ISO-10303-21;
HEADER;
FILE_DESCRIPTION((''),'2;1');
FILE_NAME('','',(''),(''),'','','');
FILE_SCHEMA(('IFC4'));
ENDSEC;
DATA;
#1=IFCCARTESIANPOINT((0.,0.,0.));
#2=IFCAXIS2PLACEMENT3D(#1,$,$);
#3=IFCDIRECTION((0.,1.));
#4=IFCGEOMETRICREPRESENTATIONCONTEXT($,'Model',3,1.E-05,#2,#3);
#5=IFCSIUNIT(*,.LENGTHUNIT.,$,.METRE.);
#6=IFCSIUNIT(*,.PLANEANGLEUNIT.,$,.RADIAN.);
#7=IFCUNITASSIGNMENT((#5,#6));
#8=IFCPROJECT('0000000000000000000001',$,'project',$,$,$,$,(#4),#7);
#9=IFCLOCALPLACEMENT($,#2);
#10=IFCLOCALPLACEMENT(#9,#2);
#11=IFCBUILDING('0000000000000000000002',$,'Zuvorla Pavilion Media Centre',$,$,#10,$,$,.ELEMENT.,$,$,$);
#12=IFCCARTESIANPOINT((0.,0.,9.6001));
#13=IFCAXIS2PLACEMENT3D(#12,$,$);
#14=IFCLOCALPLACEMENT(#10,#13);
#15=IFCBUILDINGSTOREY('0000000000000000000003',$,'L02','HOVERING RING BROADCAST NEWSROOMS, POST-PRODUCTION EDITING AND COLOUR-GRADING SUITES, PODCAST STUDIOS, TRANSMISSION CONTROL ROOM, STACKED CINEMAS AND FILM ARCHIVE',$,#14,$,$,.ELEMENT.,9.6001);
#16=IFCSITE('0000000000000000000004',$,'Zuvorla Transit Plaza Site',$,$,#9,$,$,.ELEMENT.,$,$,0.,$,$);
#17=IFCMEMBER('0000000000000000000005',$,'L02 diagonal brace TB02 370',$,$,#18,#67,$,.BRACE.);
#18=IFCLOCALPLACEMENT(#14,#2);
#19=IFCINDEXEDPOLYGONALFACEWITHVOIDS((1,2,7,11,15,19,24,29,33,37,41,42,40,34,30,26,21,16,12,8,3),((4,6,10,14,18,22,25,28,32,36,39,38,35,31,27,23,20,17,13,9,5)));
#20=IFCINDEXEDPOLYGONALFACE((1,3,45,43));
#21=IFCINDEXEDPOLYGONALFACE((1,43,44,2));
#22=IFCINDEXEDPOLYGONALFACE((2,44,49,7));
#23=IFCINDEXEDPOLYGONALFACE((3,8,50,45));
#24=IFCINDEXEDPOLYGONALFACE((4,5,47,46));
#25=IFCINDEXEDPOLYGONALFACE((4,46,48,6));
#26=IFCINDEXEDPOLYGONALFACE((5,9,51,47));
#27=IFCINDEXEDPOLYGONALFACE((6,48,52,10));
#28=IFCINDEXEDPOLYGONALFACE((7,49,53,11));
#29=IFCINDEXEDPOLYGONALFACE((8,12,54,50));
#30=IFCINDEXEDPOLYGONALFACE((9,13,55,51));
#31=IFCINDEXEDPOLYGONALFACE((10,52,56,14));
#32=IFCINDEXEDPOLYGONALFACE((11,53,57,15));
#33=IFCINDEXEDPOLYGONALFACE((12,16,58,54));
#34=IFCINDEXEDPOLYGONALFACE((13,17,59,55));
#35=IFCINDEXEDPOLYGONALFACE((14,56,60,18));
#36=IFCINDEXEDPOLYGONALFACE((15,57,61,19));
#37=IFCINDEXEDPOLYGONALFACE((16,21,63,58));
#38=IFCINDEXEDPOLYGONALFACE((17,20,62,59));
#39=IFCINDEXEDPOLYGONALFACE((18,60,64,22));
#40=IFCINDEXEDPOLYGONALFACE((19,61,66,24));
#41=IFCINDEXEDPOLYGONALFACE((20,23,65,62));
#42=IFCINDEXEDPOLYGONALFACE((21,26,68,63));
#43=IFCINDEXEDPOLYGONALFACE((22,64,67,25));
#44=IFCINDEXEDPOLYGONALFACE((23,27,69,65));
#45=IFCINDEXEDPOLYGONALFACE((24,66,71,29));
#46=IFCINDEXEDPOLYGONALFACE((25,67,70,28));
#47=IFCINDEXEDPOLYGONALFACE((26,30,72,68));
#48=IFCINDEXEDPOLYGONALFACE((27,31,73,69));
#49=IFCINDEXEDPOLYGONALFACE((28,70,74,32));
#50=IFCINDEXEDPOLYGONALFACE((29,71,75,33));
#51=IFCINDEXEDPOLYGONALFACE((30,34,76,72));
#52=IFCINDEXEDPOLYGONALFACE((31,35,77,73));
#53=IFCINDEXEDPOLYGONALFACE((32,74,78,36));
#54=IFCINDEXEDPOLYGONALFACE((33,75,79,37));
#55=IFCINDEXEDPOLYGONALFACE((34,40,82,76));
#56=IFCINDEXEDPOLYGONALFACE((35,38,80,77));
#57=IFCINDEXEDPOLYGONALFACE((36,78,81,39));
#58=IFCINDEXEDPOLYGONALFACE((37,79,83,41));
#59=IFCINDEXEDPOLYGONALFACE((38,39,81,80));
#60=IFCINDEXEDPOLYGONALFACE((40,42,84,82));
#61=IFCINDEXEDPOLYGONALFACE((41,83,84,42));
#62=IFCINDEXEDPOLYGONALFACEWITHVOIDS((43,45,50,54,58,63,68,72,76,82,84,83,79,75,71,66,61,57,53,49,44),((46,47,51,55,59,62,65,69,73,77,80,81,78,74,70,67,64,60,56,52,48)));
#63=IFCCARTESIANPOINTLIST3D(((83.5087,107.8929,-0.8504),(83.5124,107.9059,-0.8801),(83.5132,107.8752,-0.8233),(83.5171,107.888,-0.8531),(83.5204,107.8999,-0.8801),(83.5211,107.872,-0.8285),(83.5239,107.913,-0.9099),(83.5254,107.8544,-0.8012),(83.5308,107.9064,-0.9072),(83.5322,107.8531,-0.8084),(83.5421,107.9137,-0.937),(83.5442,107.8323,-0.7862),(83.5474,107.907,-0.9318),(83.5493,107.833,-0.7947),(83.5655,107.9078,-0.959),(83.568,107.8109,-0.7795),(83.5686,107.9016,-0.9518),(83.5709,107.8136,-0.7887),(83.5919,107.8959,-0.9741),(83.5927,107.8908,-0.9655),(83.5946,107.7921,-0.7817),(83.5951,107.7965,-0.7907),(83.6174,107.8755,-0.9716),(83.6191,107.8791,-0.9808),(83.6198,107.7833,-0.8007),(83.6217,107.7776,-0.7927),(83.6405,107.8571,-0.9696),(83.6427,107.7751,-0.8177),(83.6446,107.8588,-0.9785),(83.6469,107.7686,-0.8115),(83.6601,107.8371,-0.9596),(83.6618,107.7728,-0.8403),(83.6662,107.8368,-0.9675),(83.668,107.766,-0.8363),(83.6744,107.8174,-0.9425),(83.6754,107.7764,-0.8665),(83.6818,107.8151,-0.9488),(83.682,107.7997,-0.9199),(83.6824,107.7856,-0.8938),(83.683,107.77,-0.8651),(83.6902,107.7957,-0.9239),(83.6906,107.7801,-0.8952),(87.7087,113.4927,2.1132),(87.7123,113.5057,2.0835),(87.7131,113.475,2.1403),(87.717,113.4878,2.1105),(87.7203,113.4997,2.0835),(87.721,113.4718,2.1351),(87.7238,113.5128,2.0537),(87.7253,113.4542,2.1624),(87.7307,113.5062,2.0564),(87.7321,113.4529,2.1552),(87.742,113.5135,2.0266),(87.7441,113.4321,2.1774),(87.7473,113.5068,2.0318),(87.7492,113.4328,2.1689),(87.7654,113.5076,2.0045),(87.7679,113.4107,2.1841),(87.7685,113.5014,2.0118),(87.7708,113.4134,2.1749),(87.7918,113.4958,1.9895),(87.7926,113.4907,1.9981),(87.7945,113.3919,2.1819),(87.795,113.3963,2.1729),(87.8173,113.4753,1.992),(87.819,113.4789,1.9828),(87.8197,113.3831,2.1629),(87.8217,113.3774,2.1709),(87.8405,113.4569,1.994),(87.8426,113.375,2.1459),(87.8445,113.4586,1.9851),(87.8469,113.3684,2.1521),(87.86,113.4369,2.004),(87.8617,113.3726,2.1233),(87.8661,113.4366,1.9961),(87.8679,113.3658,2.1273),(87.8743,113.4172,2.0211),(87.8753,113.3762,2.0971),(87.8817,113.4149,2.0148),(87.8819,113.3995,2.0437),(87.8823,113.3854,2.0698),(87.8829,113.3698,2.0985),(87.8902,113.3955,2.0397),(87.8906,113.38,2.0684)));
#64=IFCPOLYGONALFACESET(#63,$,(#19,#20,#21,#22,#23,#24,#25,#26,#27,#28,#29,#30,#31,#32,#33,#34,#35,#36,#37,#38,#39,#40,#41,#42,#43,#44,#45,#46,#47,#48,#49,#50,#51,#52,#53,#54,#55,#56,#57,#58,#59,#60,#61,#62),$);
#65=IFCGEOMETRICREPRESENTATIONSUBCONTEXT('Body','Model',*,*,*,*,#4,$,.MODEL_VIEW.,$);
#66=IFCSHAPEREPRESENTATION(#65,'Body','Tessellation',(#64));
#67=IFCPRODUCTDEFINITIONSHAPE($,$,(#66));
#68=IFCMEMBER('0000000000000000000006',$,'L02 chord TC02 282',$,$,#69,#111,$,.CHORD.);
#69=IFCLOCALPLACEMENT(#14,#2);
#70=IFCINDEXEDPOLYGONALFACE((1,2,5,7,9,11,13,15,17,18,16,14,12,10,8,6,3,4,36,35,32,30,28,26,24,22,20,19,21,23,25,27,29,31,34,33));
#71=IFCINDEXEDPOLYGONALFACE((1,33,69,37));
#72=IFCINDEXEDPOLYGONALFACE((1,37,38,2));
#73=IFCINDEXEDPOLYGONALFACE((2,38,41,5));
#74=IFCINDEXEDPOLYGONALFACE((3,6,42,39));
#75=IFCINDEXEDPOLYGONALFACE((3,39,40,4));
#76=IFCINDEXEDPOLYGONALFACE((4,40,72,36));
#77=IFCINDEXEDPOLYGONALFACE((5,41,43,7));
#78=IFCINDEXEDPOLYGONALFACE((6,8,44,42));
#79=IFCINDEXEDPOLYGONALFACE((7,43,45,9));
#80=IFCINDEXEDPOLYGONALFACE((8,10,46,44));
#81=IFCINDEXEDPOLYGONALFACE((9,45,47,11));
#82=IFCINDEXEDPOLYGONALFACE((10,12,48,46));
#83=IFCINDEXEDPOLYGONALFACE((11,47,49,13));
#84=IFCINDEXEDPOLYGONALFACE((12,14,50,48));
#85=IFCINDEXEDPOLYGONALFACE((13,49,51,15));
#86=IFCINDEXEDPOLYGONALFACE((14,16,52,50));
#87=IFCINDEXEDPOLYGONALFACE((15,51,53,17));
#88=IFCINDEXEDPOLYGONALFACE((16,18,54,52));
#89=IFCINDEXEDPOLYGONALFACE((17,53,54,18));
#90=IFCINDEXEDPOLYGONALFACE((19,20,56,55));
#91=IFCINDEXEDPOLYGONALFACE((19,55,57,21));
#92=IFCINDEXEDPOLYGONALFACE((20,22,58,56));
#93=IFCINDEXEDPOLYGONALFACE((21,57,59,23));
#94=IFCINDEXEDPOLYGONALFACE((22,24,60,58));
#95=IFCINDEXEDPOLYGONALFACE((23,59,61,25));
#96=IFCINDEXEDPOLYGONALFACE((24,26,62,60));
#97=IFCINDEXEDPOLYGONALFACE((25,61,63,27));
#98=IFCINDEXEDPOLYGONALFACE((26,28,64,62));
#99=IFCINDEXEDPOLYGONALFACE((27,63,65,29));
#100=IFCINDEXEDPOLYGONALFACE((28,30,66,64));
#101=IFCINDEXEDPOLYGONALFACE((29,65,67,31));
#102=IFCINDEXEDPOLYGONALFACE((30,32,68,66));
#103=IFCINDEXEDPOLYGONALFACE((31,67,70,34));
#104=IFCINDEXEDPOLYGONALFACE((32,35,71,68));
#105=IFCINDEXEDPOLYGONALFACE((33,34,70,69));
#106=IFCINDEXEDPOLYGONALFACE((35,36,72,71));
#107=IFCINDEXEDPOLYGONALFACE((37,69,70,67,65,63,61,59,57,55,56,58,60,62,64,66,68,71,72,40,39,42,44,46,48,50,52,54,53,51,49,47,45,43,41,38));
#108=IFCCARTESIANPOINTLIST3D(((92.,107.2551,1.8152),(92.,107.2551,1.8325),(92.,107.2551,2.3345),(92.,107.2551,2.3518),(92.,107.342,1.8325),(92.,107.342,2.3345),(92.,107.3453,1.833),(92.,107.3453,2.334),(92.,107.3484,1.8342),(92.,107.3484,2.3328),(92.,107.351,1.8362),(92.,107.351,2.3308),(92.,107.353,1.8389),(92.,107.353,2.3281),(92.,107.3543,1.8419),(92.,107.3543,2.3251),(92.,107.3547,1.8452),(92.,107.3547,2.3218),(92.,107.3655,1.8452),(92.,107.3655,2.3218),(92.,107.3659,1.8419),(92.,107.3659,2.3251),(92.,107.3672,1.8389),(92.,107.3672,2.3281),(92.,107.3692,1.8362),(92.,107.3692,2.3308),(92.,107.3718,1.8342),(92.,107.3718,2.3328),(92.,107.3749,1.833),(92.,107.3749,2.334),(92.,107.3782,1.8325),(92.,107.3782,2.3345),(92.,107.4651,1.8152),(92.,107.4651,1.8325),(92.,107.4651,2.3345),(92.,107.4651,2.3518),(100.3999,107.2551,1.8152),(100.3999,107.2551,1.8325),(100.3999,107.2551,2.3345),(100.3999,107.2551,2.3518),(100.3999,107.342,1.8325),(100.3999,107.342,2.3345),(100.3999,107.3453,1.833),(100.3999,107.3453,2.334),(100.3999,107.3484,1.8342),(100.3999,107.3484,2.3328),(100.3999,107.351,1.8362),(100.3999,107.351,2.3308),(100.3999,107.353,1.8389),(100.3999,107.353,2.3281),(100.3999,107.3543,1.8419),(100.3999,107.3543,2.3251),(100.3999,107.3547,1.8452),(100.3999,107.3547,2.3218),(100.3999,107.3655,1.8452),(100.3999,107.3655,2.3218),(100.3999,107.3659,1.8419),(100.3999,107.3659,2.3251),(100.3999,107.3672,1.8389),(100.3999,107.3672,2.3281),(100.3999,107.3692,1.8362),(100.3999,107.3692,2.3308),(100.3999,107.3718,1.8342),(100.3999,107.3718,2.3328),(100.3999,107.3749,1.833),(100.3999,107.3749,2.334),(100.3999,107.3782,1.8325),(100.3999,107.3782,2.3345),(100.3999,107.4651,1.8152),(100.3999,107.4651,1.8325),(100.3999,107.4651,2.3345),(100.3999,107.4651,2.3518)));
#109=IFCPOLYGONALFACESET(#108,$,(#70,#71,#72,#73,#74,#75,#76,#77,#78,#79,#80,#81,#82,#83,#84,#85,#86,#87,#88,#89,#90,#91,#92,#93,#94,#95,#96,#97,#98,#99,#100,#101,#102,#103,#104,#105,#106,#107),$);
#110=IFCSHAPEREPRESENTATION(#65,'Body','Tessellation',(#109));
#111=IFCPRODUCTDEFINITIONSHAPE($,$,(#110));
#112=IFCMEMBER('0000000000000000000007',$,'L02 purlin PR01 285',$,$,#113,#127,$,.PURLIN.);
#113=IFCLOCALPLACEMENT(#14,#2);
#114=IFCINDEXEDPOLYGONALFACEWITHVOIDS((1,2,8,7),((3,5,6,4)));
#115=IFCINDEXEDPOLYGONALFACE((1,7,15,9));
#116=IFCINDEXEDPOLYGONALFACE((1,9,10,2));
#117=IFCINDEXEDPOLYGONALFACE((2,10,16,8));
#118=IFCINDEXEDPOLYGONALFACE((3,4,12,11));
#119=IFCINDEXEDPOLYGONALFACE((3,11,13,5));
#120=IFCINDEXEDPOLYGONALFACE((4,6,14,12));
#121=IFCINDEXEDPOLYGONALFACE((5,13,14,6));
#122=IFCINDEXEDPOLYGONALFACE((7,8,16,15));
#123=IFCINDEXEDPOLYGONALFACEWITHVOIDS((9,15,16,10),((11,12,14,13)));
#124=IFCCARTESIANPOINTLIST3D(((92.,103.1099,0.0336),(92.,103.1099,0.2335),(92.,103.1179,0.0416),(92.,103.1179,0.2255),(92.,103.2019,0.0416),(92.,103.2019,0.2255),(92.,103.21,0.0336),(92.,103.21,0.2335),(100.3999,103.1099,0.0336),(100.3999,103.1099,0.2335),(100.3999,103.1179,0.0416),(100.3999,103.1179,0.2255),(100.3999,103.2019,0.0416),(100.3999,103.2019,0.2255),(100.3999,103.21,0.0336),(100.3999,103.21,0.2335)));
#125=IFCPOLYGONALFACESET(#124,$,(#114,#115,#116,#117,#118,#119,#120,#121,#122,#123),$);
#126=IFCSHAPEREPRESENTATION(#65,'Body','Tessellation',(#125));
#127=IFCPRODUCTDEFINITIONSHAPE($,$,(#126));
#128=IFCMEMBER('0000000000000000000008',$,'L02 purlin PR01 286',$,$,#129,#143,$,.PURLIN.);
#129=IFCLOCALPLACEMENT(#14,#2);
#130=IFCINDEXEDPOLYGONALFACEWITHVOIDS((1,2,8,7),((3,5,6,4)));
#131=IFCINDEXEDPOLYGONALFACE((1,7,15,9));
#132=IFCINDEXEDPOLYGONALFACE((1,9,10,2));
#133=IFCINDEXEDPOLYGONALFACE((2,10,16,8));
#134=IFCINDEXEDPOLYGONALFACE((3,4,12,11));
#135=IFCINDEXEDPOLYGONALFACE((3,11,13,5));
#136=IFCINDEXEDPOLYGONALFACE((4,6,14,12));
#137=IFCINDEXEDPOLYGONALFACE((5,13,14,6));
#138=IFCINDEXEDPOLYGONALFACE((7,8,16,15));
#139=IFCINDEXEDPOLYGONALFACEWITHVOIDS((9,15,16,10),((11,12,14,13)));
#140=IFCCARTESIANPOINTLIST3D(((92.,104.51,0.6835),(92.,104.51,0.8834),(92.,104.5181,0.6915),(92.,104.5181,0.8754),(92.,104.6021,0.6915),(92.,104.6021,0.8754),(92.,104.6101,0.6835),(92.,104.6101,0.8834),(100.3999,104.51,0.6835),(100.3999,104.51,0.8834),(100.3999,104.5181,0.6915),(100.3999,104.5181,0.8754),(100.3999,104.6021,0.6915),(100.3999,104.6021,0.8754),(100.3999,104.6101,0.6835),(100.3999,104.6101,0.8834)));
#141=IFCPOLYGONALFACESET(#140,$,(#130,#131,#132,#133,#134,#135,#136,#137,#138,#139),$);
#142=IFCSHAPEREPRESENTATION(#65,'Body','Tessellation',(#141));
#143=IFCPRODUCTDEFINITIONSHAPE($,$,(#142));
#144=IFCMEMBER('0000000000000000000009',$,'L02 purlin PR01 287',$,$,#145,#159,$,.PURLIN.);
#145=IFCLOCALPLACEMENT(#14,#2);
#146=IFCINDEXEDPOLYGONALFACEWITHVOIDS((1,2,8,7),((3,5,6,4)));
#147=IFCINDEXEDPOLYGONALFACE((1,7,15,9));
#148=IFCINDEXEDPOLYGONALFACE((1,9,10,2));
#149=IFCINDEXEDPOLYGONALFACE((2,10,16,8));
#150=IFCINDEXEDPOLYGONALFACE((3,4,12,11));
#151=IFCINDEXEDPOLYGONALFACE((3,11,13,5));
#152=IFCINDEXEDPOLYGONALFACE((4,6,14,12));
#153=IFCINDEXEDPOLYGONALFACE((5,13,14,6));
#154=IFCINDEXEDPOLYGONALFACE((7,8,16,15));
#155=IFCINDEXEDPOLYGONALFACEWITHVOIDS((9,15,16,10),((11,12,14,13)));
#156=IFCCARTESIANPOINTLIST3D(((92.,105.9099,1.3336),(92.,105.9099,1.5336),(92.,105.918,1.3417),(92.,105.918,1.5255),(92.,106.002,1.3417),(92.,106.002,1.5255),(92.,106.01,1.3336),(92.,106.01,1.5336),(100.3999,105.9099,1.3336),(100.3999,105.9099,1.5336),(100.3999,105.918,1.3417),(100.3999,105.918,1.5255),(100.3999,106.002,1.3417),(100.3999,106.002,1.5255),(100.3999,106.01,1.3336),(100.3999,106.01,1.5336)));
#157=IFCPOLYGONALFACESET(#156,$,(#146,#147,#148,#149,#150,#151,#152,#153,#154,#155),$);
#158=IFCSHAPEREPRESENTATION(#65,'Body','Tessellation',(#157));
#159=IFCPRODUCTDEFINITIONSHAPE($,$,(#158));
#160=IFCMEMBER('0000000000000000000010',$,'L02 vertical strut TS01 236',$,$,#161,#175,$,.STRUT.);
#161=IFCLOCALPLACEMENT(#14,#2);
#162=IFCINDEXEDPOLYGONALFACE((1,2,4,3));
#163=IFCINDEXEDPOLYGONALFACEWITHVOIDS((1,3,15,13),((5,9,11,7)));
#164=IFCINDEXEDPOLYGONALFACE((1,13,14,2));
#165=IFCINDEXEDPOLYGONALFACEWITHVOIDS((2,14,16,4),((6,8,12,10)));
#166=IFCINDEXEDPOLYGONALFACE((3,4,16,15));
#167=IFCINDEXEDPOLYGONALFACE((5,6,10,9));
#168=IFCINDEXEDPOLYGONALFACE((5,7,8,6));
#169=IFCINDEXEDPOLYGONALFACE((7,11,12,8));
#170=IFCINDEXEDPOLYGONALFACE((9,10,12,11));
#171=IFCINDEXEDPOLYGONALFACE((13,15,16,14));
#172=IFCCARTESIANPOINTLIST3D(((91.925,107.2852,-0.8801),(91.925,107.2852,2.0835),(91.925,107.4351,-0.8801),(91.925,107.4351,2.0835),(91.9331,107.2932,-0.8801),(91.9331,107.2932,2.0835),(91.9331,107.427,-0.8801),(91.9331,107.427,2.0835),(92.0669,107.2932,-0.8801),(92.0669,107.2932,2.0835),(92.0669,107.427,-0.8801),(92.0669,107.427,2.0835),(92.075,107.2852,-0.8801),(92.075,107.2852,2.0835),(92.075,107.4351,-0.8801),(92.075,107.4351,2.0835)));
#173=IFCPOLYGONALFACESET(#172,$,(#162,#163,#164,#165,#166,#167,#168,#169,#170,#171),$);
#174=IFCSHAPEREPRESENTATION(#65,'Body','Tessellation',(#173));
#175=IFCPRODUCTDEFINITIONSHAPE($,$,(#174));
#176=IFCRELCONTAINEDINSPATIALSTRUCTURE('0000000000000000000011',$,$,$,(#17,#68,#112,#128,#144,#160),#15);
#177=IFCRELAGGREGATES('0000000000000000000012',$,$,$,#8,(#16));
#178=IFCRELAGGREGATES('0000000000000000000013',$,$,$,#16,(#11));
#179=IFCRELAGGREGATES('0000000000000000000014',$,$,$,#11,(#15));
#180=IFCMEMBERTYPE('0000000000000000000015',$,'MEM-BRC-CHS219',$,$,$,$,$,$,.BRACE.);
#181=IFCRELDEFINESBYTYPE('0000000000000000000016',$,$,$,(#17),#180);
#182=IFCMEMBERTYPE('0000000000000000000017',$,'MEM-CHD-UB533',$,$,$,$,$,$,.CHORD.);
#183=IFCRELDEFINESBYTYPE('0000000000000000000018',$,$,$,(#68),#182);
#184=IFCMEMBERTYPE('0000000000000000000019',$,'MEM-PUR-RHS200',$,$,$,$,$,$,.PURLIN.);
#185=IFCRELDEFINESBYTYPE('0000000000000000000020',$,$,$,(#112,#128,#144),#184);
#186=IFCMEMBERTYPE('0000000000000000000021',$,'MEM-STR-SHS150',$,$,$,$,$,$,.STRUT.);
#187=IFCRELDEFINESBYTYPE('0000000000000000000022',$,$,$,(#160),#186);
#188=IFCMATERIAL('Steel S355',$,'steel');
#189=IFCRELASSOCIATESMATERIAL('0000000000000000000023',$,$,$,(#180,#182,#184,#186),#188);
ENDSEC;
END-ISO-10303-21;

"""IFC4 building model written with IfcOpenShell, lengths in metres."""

from ifc_helpers import new_model, si_unit, direction, frame, origin, origin_2d, place, context, subcontext, project, spatial, hollow_rectangle, hollow_circle, i_section, extrude, material, material_profile, profile_set, type_object, element, save


model = new_model("IFC4")

# Units and contexts
model_context = context("Model", 3, precision=1e-05, world=origin(), true_north=direction((0.0, 1.0)))
body_context = subcontext(model_context, "Body", "Model", "MODEL_VIEW")
ifc_project = project(units=[si_unit("LENGTHUNIT", "METRE"), si_unit("PLANEANGLEUNIT", "RADIAN")], contexts=[model_context])

# Site, building, storey
site_placement = place(None, origin())
site = spatial("IfcSite", under=ifc_project, at=site_placement, Name="Zuvorla Transit Plaza Site", CompositionType="ELEMENT", RefElevation=0.0)
building_placement = place(site_placement, origin())
building = spatial("IfcBuilding", under=site, at=building_placement, Name="Zuvorla Pavilion Media Centre", CompositionType="ELEMENT")
storey_placement = place(building_placement, frame((0.0, 0.0, 9.6001)))
storey = spatial("IfcBuildingStorey", under=building, at=storey_placement, Name="L02", Description="HOVERING RING BROADCAST NEWSROOMS, POST-PRODUCTION EDITING AND COLOUR-GRADING SUITES, PODCAST STUDIOS, TRANSMISSION CONTROL ROOM, STACKED CINEMAS AND FILM ARCHIVE", CompositionType="ELEMENT", Elevation=9.6001)

# Shared definitions
ifc_material_1 = material(Name="Steel S355", Category="steel")

# Members
ifc_material_profile_1 = material_profile(ifc_material_1, hollow_circle(Radius=0.1096, WallThickness=0.01, at=origin_2d()), Name="CHS 219.1x10")
ifc_profile_set_1 = profile_set([ifc_material_profile_1], Name="Steel S355")
member_type_1 = type_object("IfcMemberType", Name="MEM-BRC-CHS219", PredefinedType="BRACE", material=ifc_profile_set_1)
member_1_placement = place(storey_placement, frame((83.6001, 107.8401, -0.8801), z_axis=(0.552525, 0.736689, 0.389879), x_axis=(-0.799996, 0.600006, 0.0)))
element("IfcMember", 1, at=member_1_placement, inside=storey, type_object=member_type_1, Name="L02 diagonal brace TB02 370", PredefinedType="BRACE", context=body_context, shape_type="SweptSolid", body=[
    extrude(hollow_circle(Radius=0.1096, WallThickness=0.01, at=origin_2d()), origin(), (0.0, 0.0, 1.0), 7.6013),
])
ifc_material_profile_2 = material_profile(ifc_material_1, i_section(OverallWidth=0.21, OverallDepth=0.5366, WebThickness=0.0107, FlangeThickness=0.0173, FilletRadius=0.0127, at=origin_2d()), Name="UB 533x210x101")
ifc_profile_set_2 = profile_set([ifc_material_profile_2], Name="Steel S355")
member_type_2 = type_object("IfcMemberType", Name="MEM-CHD-UB533", PredefinedType="CHORD", material=ifc_profile_set_2)
member_2_placement = place(storey_placement, frame((92.0, 107.3601, 2.0835), z_axis=(1.0, 0.0, 0.0), x_axis=(0.0, 1.0, 0.0)))
element("IfcMember", 2, at=member_2_placement, inside=storey, type_object=member_type_2, Name="L02 chord TC02 282", PredefinedType="CHORD", context=body_context, shape_type="SweptSolid", body=[
    extrude(i_section(OverallWidth=0.21, OverallDepth=0.5366, WebThickness=0.0107, FlangeThickness=0.0173, FilletRadius=0.0127, at=origin_2d()), origin(), (0.0, 0.0, 1.0), 8.3999),
])
ifc_material_profile_3 = material_profile(ifc_material_1, hollow_rectangle(XDim=0.1001, YDim=0.2, WallThickness=0.0081, at=origin_2d()), Name="RHS 200x100x8")
ifc_profile_set_3 = profile_set([ifc_material_profile_3], Name="Steel S355")
member_type_3 = type_object("IfcMemberType", Name="MEM-PUR-RHS200", PredefinedType="PURLIN", material=ifc_profile_set_3)
for number, where, z_axis, x_axis, name in (
    (3, (92.0, 103.1599, 0.1335), (1.0, 0.0, 0.0), (0.0, 1.0, 0.0), "L02 purlin PR01 285"),
    (4, (92.0, 104.5601, 0.7834), (1.0, 0.0, 0.0), (0.0, 1.0, 0.0), "L02 purlin PR01 286"),
    (5, (92.0, 105.96, 1.4336), (1.0, 0.0, 0.0), (0.0, 1.0, 0.0), "L02 purlin PR01 287"),
):
    element("IfcMember", number, at=place(storey_placement, frame(where, z_axis=z_axis, x_axis=x_axis)), inside=storey, type_object=member_type_3, Name=name, PredefinedType="PURLIN", context=body_context, shape_type="SweptSolid", body=[
        extrude(hollow_rectangle(XDim=0.1001, YDim=0.2, WallThickness=0.0081, at=origin_2d()), origin(), (0.0, 0.0, 1.0), 8.3999),
    ])
ifc_material_profile_4 = material_profile(ifc_material_1, hollow_rectangle(XDim=0.1499, YDim=0.1499, WallThickness=0.0081, at=origin_2d()), Name="SHS 150x150x8")
ifc_profile_set_4 = profile_set([ifc_material_profile_4], Name="Steel S355")
member_type_4 = type_object("IfcMemberType", Name="MEM-STR-SHS150", PredefinedType="STRUT", material=ifc_profile_set_4)
member_3_placement = place(storey_placement, frame((92.0, 107.3601, -0.8801), z_axis=(0.0, 0.0, 1.0), x_axis=(1.0, 0.0, 0.0)))
element("IfcMember", 6, at=member_3_placement, inside=storey, type_object=member_type_4, Name="L02 vertical strut TS01 236", PredefinedType="STRUT", context=body_context, shape_type="SweptSolid", body=[
    extrude(hollow_rectangle(XDim=0.1499, YDim=0.1499, WallThickness=0.0081, at=origin_2d()), origin(), (0.0, 0.0, 1.0), 2.9636),
])

save(model, "model.ifc")
